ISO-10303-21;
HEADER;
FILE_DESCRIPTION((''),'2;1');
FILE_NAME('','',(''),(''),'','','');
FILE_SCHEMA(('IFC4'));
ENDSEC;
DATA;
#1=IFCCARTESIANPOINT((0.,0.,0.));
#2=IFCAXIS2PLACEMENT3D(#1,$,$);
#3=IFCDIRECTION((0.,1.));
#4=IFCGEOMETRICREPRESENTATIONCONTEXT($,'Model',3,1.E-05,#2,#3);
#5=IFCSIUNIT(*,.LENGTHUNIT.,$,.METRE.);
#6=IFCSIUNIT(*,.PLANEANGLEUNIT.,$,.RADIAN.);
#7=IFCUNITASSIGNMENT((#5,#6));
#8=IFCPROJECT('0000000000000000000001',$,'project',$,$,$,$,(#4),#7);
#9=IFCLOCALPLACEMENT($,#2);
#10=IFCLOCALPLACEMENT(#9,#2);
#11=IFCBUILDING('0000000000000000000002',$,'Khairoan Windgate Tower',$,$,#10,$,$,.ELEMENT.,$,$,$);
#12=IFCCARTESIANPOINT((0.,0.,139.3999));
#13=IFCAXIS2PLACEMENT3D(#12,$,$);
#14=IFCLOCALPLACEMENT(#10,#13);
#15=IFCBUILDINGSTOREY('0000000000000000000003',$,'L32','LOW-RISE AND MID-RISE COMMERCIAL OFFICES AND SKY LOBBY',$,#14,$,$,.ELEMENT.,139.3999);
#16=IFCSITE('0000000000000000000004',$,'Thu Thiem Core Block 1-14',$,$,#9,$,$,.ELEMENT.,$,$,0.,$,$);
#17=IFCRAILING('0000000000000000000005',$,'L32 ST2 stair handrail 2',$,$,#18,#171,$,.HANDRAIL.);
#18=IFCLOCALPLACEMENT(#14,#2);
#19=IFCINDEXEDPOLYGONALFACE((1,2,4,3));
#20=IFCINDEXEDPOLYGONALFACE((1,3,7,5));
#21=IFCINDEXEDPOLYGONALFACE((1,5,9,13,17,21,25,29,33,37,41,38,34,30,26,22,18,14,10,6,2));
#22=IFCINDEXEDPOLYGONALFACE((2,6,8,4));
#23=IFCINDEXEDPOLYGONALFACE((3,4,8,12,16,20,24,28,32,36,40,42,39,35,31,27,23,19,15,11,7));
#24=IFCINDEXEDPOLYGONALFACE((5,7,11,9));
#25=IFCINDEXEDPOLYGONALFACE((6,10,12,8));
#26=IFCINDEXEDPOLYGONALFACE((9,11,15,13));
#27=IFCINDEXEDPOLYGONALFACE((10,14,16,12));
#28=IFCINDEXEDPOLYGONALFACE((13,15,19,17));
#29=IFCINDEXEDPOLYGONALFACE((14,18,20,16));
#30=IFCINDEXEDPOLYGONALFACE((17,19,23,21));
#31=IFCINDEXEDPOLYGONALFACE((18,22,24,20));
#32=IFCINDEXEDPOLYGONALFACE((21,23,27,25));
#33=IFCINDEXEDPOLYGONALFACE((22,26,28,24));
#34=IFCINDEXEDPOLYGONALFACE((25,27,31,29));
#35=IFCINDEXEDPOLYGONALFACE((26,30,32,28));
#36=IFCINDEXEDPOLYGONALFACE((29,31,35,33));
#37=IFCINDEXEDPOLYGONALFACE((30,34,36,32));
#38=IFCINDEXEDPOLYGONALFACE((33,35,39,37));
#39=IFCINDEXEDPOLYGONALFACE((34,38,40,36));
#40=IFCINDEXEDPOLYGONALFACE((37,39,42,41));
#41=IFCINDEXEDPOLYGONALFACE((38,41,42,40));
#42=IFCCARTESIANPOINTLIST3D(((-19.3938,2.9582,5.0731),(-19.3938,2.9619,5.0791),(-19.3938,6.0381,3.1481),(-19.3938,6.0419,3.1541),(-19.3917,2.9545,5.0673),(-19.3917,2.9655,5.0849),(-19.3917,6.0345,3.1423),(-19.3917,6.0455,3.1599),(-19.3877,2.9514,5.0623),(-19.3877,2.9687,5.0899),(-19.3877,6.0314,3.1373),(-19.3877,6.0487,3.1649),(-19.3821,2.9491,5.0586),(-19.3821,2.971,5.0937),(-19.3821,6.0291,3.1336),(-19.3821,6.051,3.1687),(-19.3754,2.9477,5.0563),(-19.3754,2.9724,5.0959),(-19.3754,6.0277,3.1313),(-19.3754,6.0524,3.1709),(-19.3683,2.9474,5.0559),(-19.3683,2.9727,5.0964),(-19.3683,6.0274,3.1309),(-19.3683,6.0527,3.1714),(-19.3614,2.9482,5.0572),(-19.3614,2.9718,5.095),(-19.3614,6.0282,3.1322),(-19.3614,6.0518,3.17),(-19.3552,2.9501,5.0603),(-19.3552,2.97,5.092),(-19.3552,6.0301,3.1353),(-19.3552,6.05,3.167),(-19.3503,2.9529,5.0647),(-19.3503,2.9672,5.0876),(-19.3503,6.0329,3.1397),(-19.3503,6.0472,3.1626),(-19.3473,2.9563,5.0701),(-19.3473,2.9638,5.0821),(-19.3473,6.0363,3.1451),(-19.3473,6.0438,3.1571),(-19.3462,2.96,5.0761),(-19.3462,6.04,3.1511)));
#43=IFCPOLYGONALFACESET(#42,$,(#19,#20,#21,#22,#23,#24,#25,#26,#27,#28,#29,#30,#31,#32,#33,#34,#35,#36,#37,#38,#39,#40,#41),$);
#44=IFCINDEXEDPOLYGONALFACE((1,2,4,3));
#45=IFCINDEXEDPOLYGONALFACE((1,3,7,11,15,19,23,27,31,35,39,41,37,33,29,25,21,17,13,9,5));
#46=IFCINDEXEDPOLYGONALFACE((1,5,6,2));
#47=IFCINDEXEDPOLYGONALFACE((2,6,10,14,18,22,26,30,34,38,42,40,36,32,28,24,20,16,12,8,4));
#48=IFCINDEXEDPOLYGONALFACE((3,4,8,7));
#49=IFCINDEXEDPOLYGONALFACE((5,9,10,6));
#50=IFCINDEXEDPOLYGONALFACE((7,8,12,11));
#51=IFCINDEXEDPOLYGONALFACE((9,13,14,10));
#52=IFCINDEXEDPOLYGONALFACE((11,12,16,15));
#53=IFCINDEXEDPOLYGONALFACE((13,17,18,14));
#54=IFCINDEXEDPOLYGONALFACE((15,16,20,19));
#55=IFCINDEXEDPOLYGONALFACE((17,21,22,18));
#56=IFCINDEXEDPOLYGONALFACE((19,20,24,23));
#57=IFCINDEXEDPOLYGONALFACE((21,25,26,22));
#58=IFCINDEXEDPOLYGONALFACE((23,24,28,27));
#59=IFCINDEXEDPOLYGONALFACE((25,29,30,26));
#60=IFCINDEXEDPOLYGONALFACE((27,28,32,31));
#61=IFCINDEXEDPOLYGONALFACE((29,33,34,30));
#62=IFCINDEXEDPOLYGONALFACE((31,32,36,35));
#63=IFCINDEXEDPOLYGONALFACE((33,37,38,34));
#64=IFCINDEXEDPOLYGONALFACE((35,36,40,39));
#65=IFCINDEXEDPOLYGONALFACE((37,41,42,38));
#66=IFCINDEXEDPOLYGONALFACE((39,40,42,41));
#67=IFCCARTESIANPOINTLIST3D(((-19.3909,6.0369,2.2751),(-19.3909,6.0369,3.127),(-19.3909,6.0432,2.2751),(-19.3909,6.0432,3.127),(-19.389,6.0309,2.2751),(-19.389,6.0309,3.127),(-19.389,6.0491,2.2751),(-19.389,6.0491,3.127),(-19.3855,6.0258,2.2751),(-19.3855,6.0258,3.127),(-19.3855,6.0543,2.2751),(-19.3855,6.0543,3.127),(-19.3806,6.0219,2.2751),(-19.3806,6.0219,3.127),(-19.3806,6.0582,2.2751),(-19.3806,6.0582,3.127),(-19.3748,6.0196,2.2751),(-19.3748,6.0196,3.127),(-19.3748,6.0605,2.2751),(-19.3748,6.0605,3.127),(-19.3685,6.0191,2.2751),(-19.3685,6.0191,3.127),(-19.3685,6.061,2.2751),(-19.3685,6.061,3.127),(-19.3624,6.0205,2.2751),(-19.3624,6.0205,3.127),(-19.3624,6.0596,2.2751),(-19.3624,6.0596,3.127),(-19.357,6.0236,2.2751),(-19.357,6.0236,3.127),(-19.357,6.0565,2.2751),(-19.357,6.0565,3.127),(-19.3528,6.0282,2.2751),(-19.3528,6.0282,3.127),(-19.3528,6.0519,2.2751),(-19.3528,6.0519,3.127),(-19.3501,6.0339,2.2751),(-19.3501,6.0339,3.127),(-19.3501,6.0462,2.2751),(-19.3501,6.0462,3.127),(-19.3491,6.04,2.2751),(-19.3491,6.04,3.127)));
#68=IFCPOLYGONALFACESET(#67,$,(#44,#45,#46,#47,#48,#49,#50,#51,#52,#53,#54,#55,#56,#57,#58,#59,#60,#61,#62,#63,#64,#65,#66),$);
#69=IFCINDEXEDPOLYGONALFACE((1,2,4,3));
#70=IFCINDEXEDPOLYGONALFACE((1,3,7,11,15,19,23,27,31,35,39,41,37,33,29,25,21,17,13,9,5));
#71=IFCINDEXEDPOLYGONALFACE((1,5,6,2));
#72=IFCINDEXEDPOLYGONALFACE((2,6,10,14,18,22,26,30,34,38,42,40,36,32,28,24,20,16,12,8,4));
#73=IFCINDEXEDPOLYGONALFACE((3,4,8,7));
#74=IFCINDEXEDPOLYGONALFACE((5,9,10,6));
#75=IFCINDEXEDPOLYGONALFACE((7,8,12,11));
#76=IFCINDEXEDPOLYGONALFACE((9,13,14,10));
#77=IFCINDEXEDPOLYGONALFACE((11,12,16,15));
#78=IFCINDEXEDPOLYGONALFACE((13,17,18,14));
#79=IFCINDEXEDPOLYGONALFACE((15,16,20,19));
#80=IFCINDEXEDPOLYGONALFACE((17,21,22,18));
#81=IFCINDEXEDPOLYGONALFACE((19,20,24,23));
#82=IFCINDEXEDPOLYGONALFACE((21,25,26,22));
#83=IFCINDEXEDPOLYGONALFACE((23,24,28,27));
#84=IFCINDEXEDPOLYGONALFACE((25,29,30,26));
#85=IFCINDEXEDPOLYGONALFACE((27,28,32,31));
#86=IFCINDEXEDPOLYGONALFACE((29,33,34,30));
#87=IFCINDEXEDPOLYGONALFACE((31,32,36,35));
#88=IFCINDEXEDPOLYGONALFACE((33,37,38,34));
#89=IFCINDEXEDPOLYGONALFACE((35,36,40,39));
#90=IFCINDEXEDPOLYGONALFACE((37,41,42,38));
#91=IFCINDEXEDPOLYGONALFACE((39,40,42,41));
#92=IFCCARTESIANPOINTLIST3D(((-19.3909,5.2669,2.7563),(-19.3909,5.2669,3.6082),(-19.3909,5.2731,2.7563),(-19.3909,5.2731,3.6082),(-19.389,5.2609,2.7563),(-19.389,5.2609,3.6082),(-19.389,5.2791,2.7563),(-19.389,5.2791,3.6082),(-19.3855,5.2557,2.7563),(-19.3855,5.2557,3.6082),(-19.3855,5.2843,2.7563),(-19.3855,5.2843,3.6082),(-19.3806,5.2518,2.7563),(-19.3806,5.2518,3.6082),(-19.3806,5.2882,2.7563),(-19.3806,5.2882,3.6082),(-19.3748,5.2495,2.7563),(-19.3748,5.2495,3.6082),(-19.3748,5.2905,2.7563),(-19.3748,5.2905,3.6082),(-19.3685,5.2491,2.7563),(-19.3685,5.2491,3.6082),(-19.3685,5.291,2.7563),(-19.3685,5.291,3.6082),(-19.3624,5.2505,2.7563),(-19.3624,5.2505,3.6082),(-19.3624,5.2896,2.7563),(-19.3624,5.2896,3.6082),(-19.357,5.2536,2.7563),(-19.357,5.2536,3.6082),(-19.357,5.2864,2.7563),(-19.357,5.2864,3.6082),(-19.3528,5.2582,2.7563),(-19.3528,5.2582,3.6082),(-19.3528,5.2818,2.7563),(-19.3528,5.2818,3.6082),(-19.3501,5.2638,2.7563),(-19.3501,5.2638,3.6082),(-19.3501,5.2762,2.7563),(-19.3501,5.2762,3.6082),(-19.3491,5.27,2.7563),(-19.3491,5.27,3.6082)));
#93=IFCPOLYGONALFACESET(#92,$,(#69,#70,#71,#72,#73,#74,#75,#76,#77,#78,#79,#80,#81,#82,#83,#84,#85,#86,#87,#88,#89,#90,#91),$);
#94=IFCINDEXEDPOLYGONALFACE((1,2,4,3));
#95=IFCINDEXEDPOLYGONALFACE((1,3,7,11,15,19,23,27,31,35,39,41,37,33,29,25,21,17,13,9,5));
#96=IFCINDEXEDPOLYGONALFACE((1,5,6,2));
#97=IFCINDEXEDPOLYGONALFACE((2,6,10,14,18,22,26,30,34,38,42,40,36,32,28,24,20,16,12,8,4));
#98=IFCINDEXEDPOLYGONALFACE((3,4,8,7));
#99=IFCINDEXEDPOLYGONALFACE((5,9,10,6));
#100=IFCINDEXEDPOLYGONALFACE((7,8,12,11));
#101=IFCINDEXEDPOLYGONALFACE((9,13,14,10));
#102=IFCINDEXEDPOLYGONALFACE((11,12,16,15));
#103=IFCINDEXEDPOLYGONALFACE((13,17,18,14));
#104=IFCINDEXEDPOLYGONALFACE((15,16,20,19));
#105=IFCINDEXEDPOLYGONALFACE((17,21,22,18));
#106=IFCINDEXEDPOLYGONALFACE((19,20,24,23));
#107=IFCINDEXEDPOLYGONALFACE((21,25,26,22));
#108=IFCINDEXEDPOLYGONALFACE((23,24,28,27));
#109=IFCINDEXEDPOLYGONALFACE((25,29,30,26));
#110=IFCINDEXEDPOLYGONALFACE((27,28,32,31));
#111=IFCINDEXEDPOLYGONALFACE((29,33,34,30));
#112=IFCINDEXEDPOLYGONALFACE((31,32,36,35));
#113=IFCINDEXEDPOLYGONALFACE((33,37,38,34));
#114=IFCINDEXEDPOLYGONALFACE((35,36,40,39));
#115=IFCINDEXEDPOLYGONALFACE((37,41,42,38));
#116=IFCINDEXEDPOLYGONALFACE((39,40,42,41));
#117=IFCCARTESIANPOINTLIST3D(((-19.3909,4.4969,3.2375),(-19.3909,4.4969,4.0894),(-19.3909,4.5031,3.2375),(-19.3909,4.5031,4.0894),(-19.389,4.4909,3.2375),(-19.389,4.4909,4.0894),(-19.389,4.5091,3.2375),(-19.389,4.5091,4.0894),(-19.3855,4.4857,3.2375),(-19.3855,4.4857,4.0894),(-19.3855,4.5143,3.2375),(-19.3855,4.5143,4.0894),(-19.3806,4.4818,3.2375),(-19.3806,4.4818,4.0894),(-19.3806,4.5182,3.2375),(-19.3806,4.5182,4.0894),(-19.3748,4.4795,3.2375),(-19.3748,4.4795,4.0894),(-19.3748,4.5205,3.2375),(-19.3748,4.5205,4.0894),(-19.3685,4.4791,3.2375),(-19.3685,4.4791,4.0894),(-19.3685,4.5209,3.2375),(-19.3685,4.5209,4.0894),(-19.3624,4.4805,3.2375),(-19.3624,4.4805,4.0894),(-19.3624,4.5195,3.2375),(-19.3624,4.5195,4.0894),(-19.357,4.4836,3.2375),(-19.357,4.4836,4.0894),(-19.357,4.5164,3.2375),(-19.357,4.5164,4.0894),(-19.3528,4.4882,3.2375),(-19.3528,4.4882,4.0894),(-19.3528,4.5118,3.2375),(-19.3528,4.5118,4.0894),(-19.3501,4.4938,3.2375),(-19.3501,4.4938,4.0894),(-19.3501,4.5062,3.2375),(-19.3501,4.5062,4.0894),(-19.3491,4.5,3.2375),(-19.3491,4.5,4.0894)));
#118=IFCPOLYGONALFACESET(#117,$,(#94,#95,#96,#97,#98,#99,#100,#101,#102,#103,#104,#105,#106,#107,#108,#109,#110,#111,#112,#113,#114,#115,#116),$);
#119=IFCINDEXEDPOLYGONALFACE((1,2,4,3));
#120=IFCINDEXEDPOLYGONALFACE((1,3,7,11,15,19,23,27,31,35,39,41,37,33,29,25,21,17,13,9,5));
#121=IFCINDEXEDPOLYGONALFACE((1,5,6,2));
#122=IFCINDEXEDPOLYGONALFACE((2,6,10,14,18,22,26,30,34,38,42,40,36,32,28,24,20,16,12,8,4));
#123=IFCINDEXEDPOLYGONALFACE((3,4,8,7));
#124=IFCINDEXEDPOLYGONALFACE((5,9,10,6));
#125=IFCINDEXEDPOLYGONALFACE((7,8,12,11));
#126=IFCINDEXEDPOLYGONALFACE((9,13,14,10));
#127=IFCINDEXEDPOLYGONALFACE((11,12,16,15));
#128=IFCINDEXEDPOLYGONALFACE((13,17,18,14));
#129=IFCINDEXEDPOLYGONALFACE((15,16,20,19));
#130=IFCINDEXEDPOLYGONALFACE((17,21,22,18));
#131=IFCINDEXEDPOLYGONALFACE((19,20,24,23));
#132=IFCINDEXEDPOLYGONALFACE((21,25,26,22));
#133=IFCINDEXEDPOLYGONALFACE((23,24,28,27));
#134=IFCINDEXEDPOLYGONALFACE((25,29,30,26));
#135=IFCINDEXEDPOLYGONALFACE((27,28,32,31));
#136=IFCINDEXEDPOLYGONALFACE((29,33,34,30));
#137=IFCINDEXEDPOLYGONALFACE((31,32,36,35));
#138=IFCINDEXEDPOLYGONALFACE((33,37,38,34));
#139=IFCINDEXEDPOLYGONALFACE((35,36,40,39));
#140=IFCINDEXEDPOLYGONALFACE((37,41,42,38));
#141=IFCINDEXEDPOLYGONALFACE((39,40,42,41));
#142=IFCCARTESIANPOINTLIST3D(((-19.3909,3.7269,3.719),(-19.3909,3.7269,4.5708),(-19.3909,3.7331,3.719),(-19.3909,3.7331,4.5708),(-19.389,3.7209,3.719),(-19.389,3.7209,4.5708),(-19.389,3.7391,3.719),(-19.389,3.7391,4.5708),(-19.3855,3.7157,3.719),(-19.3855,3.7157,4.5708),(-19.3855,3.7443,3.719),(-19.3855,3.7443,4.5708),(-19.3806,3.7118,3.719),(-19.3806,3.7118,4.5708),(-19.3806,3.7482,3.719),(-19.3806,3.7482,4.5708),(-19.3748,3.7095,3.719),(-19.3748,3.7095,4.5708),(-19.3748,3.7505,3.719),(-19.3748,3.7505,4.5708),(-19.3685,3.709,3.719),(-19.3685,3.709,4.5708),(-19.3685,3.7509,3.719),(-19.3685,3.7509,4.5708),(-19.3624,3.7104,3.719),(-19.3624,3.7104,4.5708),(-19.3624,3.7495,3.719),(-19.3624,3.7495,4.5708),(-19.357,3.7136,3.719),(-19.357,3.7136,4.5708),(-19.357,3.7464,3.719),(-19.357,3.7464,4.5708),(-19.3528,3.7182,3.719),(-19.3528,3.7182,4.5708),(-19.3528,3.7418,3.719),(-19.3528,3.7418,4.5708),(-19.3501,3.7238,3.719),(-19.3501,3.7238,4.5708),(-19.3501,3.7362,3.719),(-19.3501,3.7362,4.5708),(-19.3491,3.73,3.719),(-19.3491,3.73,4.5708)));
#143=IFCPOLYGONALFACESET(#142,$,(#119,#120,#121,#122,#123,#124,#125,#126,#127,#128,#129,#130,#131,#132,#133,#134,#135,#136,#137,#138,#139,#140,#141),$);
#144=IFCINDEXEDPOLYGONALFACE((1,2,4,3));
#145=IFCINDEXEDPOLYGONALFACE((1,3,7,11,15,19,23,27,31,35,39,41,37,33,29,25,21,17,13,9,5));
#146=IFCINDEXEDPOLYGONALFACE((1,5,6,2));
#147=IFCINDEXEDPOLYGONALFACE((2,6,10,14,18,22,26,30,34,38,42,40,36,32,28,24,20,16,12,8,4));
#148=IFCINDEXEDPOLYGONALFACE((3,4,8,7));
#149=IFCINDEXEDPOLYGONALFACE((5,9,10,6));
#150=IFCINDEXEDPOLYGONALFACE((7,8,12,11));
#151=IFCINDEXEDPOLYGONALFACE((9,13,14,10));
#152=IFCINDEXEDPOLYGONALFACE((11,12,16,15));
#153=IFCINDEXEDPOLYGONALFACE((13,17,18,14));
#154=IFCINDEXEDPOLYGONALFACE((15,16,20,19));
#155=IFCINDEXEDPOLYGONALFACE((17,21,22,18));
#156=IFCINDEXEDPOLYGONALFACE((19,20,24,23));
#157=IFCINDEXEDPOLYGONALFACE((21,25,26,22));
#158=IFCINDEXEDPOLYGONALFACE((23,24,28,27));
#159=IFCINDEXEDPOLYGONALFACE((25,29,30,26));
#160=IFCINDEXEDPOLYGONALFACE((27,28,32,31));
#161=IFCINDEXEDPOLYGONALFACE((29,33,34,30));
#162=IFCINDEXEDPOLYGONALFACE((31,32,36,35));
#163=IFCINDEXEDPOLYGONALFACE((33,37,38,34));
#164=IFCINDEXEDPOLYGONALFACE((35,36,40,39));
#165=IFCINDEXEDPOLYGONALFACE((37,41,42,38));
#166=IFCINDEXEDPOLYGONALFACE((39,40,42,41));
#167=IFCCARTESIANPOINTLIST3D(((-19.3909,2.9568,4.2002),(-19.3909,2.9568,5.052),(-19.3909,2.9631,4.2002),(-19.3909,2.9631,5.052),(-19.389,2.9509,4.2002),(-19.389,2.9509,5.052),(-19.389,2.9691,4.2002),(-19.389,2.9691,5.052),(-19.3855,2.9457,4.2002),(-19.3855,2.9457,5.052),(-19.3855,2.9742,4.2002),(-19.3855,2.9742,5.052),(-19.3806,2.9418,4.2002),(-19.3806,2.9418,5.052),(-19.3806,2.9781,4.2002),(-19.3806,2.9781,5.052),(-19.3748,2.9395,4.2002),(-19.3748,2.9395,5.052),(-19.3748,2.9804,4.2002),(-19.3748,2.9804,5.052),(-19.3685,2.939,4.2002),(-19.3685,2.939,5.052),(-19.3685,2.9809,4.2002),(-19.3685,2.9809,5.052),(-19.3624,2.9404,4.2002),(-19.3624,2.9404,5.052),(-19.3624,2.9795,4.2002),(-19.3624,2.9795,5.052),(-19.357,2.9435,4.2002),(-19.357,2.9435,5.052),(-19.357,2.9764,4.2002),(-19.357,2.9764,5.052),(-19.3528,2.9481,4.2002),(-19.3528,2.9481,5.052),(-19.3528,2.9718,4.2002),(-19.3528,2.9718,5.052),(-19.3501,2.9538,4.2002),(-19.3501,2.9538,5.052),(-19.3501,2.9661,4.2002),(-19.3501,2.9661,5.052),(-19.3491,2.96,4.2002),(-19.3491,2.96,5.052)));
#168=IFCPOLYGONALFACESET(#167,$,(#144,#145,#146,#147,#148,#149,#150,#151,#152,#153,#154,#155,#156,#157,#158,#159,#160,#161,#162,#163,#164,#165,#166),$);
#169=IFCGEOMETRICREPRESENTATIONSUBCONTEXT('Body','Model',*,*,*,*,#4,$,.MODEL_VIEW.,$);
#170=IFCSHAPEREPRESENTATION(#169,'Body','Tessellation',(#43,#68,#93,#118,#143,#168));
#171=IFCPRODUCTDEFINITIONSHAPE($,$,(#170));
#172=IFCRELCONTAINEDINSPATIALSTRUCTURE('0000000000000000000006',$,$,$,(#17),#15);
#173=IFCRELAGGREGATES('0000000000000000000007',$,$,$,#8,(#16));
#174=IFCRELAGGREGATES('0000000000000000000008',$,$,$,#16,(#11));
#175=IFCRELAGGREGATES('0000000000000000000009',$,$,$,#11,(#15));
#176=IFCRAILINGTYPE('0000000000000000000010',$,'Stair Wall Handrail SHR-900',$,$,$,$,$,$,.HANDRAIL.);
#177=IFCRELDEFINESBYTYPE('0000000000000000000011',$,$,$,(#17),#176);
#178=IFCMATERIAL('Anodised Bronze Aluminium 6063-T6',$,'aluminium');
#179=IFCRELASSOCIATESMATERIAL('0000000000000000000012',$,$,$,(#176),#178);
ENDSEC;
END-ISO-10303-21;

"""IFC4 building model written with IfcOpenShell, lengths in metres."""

from ifc_helpers import new_model, si_unit, direction, frame, origin, origin_2d, place, context, subcontext, project, spatial, circle, extrude, material, type_object, element, save


model = new_model("IFC4")

# Units and contexts
model_context = context("Model", 3, precision=1e-05, world=origin(), true_north=direction((0.0, 1.0)))
body_context = subcontext(model_context, "Body", "Model", "MODEL_VIEW")
ifc_project = project(units=[si_unit("LENGTHUNIT", "METRE"), si_unit("PLANEANGLEUNIT", "RADIAN")], contexts=[model_context])

# Site, building, storey
site_placement = place(None, origin())
site = spatial("IfcSite", under=ifc_project, at=site_placement, Name="Thu Thiem Core Block 1-14", CompositionType="ELEMENT", RefElevation=0.0)
building_placement = place(site_placement, origin())
building = spatial("IfcBuilding", under=site, at=building_placement, Name="Khairoan Windgate Tower", CompositionType="ELEMENT")
storey_placement = place(building_placement, frame((0.0, 0.0, 139.3999)))
storey = spatial("IfcBuildingStorey", under=building, at=storey_placement, Name="L32", Description="LOW-RISE AND MID-RISE COMMERCIAL OFFICES AND SKY LOBBY", CompositionType="ELEMENT", Elevation=139.3999)

# Railing
ifc_material_1 = material(Name="Anodised Bronze Aluminium 6063-T6", Category="aluminium")
railing_type_1 = type_object("IfcRailingType", Name="Stair Wall Handrail SHR-900", PredefinedType="HANDRAIL", material=ifc_material_1)
railing_1_placement = place(storey_placement, frame((-19.3701, 6.04, 2.2751)))
element("IfcRailing", 1, at=railing_1_placement, inside=storey, type_object=railing_type_1, Name="L32 ST2 stair handrail 2", PredefinedType="HANDRAIL", context=body_context, shape_type="SweptSolid", body=[
    extrude(circle(Radius=0.0239, at=origin_2d()), frame((0.0, 0.0, 0.876), z_axis=(0.0, -0.847998, 0.529999), x_axis=(1.0, 0.0, 0.0)), (0.0, 0.0, 1.0), 3.6321),
    extrude(circle(Radius=0.021, at=origin_2d()), origin(), (0.0, 0.0, 1.0), 0.8518),
    extrude(circle(Radius=0.021, at=origin_2d()), frame((0.0, -0.77, 0.4812)), (0.0, 0.0, 1.0), 0.8518),
    extrude(circle(Radius=0.021, at=origin_2d()), frame((0.0, -1.54, 0.9624)), (0.0, 0.0, 1.0), 0.8518),
    extrude(circle(Radius=0.021, at=origin_2d()), frame((0.0, -2.3101, 1.4438)), (0.0, 0.0, 1.0), 0.8518),
    extrude(circle(Radius=0.021, at=origin_2d()), frame((0.0, -3.0801, 1.925)), (0.0, 0.0, 1.0), 0.8518),
])

save(model, "model.ifc")
